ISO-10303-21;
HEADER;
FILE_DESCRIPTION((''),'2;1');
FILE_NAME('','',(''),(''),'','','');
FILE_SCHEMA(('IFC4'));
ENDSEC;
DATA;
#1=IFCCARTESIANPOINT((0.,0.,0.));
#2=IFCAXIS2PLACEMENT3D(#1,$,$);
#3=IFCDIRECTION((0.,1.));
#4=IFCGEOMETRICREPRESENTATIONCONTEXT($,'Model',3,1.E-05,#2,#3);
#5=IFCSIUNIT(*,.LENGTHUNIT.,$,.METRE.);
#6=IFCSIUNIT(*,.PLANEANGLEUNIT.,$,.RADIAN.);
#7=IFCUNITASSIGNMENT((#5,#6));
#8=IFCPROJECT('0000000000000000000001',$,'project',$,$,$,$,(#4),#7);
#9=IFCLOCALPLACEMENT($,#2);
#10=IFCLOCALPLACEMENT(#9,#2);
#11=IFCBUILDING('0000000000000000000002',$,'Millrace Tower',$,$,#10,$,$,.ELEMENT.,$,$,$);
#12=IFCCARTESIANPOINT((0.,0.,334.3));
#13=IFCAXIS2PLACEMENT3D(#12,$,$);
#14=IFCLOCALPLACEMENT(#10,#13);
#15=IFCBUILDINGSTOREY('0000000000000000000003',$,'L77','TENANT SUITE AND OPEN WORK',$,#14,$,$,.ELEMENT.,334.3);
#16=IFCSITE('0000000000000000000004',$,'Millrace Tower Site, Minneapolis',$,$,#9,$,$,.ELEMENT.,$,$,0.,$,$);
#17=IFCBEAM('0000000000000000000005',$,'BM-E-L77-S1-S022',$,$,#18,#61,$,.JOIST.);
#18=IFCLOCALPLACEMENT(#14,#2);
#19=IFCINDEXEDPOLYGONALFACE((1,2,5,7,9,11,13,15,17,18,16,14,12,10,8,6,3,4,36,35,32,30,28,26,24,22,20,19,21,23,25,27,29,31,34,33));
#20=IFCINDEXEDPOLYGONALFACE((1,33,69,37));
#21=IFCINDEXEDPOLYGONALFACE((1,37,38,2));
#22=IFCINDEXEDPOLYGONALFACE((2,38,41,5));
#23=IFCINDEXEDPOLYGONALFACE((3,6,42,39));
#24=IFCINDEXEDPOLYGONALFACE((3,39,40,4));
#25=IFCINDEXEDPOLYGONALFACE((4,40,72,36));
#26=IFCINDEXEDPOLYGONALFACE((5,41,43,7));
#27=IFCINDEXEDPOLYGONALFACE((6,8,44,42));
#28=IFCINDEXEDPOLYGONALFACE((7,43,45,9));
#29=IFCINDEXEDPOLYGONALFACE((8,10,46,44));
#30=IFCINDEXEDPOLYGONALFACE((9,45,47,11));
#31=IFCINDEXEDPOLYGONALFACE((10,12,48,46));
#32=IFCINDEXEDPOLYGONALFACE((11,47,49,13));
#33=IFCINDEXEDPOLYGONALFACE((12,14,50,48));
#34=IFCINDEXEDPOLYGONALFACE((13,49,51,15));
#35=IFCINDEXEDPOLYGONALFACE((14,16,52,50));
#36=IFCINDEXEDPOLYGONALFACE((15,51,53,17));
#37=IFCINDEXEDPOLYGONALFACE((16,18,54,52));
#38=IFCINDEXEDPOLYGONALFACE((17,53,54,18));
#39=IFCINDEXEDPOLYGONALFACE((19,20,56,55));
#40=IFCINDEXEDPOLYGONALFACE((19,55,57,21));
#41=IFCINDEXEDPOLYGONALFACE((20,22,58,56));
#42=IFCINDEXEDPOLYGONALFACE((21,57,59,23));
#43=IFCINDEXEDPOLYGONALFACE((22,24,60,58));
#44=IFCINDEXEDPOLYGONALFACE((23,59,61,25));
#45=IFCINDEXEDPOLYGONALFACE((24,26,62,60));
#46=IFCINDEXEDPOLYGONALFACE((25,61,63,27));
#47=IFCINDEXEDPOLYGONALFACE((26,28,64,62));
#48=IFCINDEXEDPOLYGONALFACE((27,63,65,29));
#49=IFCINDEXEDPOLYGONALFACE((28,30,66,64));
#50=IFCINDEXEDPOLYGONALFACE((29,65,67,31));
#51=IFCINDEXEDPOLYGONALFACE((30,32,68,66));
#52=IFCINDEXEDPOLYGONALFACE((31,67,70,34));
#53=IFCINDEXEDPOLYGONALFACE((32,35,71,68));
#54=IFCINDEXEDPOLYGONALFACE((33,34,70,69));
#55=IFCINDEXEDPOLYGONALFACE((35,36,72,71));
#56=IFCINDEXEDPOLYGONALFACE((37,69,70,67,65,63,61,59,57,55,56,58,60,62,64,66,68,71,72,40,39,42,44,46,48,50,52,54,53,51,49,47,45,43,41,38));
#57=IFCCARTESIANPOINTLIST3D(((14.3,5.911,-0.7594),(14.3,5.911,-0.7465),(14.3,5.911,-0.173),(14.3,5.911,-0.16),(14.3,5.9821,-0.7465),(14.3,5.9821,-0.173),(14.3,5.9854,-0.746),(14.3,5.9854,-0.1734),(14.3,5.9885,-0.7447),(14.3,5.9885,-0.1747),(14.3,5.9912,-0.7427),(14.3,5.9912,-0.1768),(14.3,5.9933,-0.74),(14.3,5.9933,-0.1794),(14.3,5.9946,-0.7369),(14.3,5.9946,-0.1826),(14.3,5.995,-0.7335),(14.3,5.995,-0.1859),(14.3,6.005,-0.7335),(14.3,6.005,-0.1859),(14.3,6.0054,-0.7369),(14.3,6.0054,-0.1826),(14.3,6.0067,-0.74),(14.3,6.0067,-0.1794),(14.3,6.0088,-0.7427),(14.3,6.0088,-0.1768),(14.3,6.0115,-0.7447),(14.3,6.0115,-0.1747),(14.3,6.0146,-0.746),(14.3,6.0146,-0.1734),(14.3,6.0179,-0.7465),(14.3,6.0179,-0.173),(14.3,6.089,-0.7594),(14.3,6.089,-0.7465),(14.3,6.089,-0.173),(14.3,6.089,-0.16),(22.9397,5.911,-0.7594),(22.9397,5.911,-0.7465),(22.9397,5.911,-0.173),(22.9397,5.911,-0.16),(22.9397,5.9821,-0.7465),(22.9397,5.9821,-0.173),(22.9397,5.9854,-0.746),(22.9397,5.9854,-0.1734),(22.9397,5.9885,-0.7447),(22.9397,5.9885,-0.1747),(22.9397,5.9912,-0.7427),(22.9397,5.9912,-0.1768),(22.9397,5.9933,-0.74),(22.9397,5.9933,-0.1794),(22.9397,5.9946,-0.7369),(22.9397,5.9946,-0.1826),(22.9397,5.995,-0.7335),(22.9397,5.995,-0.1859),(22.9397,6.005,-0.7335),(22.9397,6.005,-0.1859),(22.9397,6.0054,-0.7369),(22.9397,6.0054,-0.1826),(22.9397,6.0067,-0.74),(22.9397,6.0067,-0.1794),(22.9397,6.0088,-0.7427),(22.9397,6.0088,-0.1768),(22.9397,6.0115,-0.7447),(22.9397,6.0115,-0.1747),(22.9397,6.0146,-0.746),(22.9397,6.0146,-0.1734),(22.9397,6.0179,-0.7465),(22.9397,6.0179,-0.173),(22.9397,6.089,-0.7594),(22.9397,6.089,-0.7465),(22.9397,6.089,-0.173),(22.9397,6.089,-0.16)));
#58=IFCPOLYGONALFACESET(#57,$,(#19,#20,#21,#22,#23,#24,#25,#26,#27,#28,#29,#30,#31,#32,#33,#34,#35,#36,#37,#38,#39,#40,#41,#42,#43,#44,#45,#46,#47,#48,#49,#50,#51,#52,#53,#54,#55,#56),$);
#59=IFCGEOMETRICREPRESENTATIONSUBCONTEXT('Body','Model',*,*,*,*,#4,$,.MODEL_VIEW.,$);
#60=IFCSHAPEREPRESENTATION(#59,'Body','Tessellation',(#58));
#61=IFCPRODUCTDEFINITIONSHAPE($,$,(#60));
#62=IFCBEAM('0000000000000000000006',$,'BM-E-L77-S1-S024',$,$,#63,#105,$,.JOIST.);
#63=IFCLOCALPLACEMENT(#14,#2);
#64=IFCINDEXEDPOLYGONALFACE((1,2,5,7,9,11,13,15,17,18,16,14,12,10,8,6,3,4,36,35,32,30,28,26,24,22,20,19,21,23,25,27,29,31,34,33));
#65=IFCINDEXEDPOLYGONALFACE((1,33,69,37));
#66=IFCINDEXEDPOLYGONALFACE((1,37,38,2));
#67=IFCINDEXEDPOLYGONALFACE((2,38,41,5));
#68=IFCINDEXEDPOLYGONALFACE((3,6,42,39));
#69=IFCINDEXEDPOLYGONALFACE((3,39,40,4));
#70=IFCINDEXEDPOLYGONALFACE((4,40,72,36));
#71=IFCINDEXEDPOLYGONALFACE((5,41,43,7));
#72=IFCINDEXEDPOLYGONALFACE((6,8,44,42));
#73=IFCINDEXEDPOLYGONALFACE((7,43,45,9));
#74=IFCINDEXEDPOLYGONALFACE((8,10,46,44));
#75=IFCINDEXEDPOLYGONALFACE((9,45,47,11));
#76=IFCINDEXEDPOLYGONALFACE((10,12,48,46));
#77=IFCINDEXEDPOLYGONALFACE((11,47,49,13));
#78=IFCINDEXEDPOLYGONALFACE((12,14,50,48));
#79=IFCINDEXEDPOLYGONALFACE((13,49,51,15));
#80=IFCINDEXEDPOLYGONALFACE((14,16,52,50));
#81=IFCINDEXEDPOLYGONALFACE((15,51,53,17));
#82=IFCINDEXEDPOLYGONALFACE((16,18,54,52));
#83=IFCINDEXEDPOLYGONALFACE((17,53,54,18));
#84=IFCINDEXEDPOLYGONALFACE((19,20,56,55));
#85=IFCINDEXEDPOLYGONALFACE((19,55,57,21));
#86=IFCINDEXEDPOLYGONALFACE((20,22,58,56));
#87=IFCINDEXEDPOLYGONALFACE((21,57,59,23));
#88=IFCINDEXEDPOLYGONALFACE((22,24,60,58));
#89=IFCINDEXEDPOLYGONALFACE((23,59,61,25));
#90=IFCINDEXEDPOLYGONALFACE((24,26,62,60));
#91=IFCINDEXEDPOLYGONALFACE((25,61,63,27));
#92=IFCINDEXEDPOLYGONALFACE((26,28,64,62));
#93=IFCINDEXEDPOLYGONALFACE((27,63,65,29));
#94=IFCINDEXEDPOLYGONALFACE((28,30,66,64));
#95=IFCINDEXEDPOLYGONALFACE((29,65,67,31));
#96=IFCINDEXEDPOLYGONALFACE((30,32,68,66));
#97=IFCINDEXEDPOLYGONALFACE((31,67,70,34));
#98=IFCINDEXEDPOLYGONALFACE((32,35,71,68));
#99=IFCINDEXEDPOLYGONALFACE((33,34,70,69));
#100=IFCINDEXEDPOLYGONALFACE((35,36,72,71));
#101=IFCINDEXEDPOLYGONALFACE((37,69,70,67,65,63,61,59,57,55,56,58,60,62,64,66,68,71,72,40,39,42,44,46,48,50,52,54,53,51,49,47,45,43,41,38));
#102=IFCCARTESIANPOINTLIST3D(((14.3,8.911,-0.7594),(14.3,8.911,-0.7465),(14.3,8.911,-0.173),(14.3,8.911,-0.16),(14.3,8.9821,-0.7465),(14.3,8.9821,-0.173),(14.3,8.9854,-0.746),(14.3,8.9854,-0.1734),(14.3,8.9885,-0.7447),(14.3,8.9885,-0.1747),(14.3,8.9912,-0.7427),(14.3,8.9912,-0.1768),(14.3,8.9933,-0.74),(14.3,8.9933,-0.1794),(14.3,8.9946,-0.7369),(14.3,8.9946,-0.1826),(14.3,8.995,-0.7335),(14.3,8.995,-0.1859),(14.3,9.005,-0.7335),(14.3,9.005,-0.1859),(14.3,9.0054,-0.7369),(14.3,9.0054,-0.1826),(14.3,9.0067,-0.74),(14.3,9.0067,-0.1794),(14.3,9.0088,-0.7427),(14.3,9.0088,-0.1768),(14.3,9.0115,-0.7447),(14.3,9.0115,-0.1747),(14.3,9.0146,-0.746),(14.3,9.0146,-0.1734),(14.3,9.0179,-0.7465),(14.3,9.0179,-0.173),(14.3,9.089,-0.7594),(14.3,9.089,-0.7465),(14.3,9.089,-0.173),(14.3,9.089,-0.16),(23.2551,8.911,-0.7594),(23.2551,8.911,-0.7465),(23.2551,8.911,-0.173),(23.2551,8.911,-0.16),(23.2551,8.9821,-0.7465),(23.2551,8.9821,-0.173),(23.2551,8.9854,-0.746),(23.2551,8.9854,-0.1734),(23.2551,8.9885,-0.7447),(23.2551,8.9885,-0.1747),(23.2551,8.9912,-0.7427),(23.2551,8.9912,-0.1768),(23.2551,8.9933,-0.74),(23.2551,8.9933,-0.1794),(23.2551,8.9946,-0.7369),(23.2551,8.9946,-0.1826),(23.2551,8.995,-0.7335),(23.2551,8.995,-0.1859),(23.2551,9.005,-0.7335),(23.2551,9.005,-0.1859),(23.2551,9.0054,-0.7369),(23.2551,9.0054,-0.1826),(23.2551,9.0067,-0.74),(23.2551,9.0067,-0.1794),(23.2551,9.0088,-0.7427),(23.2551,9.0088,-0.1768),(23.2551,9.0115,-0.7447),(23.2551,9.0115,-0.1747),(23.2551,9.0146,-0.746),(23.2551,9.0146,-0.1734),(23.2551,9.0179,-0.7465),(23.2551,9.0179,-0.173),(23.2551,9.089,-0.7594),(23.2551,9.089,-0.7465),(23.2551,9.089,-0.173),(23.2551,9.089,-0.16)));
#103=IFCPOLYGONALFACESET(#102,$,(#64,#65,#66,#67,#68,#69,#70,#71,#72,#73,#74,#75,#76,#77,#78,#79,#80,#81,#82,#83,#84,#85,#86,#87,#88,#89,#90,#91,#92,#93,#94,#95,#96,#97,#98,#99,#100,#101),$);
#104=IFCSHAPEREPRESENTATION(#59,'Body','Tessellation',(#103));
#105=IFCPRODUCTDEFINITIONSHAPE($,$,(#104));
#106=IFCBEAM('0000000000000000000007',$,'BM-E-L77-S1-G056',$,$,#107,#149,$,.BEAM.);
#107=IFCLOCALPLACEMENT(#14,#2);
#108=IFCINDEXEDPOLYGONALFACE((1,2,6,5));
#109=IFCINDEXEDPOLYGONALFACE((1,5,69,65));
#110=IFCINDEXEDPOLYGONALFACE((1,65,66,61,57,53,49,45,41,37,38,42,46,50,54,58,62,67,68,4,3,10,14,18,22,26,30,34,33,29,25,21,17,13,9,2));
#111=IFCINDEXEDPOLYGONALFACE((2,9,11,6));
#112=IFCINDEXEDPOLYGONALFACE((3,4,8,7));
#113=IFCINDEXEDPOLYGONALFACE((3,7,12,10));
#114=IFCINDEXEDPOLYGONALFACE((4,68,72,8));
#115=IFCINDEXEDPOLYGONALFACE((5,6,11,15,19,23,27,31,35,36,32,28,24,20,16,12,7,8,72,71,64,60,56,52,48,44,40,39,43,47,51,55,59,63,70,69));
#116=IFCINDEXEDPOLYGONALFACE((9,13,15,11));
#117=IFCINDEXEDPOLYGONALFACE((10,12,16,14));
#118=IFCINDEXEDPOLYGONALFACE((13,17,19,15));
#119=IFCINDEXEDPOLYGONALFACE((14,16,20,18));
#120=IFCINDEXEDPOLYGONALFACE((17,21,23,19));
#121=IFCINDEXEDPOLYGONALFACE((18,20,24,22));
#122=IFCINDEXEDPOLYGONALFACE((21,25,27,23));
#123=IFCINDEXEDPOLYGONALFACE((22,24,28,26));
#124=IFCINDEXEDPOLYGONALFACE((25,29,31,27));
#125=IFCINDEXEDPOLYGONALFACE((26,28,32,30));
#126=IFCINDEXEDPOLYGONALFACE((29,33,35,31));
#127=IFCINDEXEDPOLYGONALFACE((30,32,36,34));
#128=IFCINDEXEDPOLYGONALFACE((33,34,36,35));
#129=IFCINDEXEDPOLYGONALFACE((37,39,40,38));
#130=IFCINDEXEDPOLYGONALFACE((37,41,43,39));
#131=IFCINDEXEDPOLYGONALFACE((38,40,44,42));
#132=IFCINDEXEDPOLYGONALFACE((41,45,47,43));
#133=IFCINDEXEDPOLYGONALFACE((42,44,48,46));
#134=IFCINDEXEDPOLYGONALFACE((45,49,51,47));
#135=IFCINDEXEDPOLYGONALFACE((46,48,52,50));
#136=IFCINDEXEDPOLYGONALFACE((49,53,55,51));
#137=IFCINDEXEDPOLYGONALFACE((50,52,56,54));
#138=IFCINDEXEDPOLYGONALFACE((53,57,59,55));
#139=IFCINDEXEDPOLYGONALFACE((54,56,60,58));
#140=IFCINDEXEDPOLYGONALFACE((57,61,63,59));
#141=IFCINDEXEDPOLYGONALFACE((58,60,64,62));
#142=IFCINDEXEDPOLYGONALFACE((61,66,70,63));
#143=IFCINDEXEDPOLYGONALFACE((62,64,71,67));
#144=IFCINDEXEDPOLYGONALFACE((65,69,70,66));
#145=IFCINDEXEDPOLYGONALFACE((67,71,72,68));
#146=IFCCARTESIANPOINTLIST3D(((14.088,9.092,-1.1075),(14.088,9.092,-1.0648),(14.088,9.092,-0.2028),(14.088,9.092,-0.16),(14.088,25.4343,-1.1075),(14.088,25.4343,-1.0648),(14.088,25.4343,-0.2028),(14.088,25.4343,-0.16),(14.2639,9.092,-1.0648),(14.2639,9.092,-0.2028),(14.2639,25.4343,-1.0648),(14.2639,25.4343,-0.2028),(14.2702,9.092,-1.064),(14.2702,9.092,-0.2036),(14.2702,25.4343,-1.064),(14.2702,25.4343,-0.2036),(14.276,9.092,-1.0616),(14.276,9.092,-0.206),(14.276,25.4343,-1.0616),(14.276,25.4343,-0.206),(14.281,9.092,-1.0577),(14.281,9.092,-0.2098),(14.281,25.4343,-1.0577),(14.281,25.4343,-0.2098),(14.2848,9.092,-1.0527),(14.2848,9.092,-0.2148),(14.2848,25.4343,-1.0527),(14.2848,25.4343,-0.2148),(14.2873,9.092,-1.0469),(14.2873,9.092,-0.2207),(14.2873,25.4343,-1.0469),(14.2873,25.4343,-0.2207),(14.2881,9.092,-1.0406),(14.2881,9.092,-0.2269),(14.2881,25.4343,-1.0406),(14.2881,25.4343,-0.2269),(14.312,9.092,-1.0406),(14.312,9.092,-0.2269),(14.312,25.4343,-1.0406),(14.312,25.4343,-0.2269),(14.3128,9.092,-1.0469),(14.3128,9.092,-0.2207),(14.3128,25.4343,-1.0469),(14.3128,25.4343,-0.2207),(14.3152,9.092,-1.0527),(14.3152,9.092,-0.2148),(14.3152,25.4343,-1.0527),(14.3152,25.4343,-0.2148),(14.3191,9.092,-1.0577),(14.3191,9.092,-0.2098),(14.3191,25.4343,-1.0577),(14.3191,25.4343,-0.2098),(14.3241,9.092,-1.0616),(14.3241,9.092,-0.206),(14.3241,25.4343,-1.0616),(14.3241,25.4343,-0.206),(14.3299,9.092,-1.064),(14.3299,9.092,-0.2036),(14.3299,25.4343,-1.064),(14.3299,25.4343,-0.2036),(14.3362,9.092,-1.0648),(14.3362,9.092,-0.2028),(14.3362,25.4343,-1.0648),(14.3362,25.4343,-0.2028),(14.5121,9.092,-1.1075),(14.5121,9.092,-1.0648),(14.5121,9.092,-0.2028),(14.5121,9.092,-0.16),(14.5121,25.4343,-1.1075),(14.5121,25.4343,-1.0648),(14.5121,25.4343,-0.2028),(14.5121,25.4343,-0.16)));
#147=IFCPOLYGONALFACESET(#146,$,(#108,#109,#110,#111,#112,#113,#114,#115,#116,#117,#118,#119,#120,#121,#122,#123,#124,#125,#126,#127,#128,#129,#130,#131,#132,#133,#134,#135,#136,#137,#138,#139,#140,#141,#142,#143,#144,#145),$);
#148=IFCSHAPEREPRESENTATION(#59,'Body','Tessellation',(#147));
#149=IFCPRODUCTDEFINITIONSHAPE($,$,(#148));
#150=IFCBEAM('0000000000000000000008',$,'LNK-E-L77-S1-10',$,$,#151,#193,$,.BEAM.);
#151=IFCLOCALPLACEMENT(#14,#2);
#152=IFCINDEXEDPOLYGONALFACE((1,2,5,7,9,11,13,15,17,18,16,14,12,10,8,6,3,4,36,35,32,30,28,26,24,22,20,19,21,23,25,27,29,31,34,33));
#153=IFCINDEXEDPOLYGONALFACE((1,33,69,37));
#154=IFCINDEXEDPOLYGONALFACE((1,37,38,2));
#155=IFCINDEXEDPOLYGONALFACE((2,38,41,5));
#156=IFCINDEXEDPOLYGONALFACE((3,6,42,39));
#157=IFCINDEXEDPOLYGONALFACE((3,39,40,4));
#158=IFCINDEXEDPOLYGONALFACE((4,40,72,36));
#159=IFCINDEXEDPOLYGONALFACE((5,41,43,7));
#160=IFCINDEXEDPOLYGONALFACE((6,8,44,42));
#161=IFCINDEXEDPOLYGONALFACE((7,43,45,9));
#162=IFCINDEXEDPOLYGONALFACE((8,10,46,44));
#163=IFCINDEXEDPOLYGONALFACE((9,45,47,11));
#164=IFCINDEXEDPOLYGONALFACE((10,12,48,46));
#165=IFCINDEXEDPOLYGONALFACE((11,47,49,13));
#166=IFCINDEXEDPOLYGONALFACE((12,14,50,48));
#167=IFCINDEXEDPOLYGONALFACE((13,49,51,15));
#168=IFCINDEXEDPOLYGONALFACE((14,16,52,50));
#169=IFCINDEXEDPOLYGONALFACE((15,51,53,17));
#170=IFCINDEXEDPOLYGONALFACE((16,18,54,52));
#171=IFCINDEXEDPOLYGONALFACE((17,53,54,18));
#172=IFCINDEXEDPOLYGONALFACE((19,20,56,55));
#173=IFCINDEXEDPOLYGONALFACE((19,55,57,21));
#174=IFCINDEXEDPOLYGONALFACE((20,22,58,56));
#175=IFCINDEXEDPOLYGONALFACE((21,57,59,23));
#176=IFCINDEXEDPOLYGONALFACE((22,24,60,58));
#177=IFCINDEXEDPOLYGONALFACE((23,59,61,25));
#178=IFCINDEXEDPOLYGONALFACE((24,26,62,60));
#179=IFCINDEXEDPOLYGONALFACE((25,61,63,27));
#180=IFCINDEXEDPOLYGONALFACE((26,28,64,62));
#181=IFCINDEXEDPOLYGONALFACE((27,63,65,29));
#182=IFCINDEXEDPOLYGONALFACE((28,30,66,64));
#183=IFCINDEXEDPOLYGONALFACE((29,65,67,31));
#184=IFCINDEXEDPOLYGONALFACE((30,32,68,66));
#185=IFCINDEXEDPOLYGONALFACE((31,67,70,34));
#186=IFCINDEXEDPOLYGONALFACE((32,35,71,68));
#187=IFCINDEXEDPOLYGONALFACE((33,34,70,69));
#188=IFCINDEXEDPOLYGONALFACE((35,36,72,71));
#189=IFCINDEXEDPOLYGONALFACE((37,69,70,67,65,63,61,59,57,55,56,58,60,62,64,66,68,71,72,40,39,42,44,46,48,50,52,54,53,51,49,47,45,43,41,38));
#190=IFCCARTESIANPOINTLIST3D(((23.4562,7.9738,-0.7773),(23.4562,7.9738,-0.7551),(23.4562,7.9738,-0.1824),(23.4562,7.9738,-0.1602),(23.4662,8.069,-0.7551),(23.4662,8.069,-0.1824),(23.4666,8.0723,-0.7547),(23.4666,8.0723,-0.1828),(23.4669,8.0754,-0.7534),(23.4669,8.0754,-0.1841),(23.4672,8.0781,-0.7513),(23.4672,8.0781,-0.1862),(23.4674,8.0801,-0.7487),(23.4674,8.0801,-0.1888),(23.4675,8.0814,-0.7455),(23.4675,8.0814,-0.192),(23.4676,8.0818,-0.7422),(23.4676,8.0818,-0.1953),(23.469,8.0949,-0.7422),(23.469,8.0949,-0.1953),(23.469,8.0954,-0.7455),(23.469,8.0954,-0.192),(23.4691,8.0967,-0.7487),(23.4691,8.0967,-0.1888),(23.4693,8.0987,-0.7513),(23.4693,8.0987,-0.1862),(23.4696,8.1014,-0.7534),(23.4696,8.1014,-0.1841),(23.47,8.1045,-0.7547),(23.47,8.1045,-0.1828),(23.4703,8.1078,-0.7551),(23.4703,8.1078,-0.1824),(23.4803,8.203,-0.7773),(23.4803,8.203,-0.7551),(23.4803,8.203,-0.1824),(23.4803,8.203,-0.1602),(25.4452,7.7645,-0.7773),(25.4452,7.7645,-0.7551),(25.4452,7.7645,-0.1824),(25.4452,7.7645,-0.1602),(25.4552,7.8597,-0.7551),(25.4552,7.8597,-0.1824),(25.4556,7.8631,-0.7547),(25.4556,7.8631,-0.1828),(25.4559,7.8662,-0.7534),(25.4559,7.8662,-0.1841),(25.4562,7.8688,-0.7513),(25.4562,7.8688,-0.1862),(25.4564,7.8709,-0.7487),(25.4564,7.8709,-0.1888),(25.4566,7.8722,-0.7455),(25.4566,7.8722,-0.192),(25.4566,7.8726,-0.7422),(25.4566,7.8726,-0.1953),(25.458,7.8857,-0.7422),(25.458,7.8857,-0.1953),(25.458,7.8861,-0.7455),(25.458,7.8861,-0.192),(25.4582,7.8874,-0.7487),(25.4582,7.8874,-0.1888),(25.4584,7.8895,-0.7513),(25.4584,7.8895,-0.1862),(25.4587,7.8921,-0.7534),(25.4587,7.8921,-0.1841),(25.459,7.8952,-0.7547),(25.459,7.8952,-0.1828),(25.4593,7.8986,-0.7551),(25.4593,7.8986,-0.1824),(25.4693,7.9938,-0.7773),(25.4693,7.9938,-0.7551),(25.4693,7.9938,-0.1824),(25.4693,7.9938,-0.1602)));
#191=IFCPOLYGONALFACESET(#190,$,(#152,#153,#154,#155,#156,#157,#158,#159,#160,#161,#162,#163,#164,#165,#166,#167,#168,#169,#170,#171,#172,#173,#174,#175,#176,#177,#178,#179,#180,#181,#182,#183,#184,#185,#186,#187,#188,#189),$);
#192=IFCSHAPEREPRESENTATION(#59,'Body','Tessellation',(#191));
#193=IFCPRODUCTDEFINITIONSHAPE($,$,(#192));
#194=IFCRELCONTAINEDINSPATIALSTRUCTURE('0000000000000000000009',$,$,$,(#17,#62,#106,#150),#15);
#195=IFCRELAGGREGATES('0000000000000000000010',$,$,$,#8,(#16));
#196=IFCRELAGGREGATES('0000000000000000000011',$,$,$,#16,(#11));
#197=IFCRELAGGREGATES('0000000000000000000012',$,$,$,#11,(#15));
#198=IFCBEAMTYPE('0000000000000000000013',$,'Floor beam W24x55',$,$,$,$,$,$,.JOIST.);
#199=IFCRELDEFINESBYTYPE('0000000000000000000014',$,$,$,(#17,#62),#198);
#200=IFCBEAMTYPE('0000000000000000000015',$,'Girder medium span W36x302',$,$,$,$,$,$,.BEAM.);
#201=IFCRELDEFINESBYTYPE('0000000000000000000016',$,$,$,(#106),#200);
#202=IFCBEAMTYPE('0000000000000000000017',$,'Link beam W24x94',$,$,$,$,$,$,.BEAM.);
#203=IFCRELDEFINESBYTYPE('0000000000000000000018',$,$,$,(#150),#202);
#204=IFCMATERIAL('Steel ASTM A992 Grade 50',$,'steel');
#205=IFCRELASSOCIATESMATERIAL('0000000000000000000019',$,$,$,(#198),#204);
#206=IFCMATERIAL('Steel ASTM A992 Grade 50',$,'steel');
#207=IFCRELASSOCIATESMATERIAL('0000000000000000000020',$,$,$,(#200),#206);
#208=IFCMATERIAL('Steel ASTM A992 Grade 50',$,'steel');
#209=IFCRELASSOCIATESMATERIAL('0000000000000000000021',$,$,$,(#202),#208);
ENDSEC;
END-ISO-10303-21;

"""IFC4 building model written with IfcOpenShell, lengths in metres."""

from ifc_helpers import new_model, si_unit, direction, frame, origin, origin_2d, place, context, subcontext, project, spatial, i_section, extrude, material, material_profile, profile_set, type_object, element, save


model = new_model("IFC4")

# Units and contexts
model_context = context("Model", 3, precision=1e-05, world=origin(), true_north=direction((0.0, 1.0)))
body_context = subcontext(model_context, "Body", "Model", "MODEL_VIEW")
ifc_project = project(units=[si_unit("LENGTHUNIT", "METRE"), si_unit("PLANEANGLEUNIT", "RADIAN")], contexts=[model_context])

# Site, building, storey
site_placement = place(None, origin())
site = spatial("IfcSite", under=ifc_project, at=site_placement, Name="Millrace Tower Site, Minneapolis", CompositionType="ELEMENT", RefElevation=0.0)
building_placement = place(site_placement, origin())
building = spatial("IfcBuilding", under=site, at=building_placement, Name="Millrace Tower", CompositionType="ELEMENT")
storey_placement = place(building_placement, frame((0.0, 0.0, 334.3)))
storey = spatial("IfcBuildingStorey", under=building, at=storey_placement, Name="L77", Description="TENANT SUITE AND OPEN WORK", CompositionType="ELEMENT", Elevation=334.3)

# Beams
ifc_material_1 = material(Name="Steel ASTM A992 Grade 50", Category="steel")
ifc_material_profile_1 = material_profile(ifc_material_1, i_section(OverallWidth=0.178, OverallDepth=0.5994, WebThickness=0.01, FlangeThickness=0.0129, FilletRadius=0.0129, at=origin_2d()))
ifc_profile_set_1 = profile_set([ifc_material_profile_1], Name="Steel ASTM A992 Grade 50")
beam_type_1 = type_object("IfcBeamType", Name="Floor beam W24x55", PredefinedType="JOIST", material=ifc_profile_set_1)
beam_1_placement = place(storey_placement, frame((14.3, 6.0, -0.4597), z_axis=(1.0, 0.0, 0.0), x_axis=(0.0, 1.0, 0.0)))
element("IfcBeam", 1, at=beam_1_placement, inside=storey, type_object=beam_type_1, Name="BM-E-L77-S1-S022", PredefinedType="JOIST", context=body_context, shape_type="SweptSolid", body=[
    extrude(i_section(OverallWidth=0.178, OverallDepth=0.5994, WebThickness=0.01, FlangeThickness=0.0129, FilletRadius=0.0129, at=origin_2d()), origin(), (0.0, 0.0, 1.0), 8.6396),
])
beam_2_placement = place(storey_placement, frame((14.3, 9.0, -0.4597), z_axis=(1.0, 0.0, 0.0), x_axis=(0.0, 1.0, 0.0)))
element("IfcBeam", 2, at=beam_2_placement, inside=storey, type_object=beam_type_1, Name="BM-E-L77-S1-S024", PredefinedType="JOIST", context=body_context, shape_type="SweptSolid", body=[
    extrude(i_section(OverallWidth=0.178, OverallDepth=0.5994, WebThickness=0.01, FlangeThickness=0.0129, FilletRadius=0.0129, at=origin_2d()), origin(), (0.0, 0.0, 1.0), 8.9551),
])
ifc_material_2 = material(Name="Steel ASTM A992 Grade 50", Category="steel")
ifc_material_profile_2 = material_profile(ifc_material_2, i_section(OverallWidth=0.4241, OverallDepth=0.9475, WebThickness=0.0239, FlangeThickness=0.0427, FilletRadius=0.0242, at=origin_2d()))
ifc_profile_set_2 = profile_set([ifc_material_profile_2], Name="Steel ASTM A992 Grade 50")
beam_type_2 = type_object("IfcBeamType", Name="Girder medium span W36x302", PredefinedType="BEAM", material=ifc_profile_set_2)
beam_3_placement = place(storey_placement, frame((14.3, 9.092, -0.6338), z_axis=(0.0, 1.0, 0.0), x_axis=(-1.0, 0.0, 0.0)))
element("IfcBeam", 3, at=beam_3_placement, inside=storey, type_object=beam_type_2, Name="BM-E-L77-S1-G056", PredefinedType="BEAM", context=body_context, shape_type="SweptSolid", body=[
    extrude(i_section(OverallWidth=0.4241, OverallDepth=0.9475, WebThickness=0.0239, FlangeThickness=0.0427, FilletRadius=0.0242, at=origin_2d()), origin(), (0.0, 0.0, 1.0), 16.3423),
])
ifc_material_3 = material(Name="Steel ASTM A992 Grade 50", Category="steel")
ifc_material_profile_3 = material_profile(ifc_material_3, i_section(OverallWidth=0.2305, OverallDepth=0.6172, WebThickness=0.0132, FlangeThickness=0.0222, FilletRadius=0.0129, at=origin_2d()))
ifc_profile_set_3 = profile_set([ifc_material_profile_3], Name="Steel ASTM A992 Grade 50")
beam_type_3 = type_object("IfcBeamType", Name="Link beam W24x94", PredefinedType="BEAM", material=ifc_profile_set_3)
beam_4_placement = place(storey_placement, frame((23.4683, 8.0884, -0.4688), z_axis=(0.994513, -0.104615, 0.0), x_axis=(0.104615, 0.994513, 0.0)))
element("IfcBeam", 4, at=beam_4_placement, inside=storey, type_object=beam_type_3, Name="LNK-E-L77-S1-10", PredefinedType="BEAM", context=body_context, shape_type="SweptSolid", body=[
    extrude(i_section(OverallWidth=0.2305, OverallDepth=0.6172, WebThickness=0.0132, FlangeThickness=0.0222, FilletRadius=0.0129, at=origin_2d()), origin(), (0.0, 0.0, 1.0), 2.0),
])

save(model, "model.ifc")
